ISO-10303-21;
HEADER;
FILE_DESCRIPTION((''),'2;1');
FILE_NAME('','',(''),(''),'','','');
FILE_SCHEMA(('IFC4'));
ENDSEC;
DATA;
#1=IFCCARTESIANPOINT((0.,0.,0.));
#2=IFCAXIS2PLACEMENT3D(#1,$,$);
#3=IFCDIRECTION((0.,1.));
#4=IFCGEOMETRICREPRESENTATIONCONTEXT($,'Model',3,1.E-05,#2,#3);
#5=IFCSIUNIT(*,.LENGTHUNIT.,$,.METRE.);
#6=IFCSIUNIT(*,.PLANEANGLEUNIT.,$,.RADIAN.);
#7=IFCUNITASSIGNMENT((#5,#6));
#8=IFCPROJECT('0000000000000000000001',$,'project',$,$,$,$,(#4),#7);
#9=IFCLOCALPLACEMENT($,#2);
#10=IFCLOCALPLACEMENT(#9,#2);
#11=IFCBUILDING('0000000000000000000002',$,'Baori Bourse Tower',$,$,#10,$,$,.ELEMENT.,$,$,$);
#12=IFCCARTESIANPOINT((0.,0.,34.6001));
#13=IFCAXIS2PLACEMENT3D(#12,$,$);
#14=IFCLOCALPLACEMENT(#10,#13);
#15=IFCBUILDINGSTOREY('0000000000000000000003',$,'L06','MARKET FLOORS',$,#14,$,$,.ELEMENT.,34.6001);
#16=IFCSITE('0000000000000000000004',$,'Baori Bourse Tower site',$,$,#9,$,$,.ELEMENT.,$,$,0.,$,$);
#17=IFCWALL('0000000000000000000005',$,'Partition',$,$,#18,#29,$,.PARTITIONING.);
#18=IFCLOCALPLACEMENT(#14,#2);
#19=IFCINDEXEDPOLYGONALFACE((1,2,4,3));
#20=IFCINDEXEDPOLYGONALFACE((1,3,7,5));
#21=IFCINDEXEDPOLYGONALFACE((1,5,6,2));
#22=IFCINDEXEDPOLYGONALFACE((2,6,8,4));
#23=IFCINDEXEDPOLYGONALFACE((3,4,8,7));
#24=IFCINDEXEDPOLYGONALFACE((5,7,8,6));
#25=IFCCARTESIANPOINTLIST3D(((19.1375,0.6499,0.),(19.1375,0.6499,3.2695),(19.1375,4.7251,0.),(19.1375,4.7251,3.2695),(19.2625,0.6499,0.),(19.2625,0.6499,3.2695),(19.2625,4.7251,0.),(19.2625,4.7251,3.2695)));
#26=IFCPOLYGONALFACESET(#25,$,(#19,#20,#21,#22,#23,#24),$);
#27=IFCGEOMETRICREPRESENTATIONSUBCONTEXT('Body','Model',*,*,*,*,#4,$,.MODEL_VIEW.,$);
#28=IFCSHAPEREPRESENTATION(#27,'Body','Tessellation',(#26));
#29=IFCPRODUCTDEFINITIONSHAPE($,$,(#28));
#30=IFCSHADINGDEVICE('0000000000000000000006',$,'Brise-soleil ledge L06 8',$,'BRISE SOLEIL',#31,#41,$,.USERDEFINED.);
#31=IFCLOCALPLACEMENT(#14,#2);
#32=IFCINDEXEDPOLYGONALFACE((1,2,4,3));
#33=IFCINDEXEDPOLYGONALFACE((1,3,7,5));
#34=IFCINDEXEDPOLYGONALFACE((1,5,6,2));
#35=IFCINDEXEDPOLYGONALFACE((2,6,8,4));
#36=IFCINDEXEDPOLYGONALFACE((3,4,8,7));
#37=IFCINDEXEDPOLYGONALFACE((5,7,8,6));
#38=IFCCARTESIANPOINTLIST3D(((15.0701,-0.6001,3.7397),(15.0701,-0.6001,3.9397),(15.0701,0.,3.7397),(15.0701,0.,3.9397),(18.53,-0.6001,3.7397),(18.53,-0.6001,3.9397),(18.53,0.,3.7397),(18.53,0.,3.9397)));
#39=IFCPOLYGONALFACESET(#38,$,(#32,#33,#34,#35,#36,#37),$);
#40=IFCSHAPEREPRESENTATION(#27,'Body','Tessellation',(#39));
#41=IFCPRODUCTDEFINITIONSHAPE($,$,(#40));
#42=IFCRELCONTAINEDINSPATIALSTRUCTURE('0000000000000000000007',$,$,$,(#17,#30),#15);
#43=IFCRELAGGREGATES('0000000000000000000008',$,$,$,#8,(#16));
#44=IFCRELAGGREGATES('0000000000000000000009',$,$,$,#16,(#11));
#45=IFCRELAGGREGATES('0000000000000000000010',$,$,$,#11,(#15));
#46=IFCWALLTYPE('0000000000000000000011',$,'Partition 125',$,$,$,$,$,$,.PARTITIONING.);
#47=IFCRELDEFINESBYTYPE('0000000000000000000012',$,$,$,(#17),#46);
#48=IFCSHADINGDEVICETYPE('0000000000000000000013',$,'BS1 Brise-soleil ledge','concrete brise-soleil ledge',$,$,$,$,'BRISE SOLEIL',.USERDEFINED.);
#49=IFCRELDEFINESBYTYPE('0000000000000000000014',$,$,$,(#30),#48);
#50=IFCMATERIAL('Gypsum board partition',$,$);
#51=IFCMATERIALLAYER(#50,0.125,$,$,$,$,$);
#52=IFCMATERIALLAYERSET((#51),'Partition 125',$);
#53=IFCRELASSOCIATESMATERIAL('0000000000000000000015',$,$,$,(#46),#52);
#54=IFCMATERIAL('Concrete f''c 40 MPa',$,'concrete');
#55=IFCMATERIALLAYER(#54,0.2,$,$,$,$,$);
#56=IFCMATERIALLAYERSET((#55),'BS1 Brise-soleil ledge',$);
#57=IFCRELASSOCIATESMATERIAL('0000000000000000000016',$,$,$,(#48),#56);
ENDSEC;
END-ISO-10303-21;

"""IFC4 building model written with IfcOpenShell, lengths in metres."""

from ifc_helpers import new_model, si_unit, direction, frame, frame_2d, origin, origin_2d, place, context, subcontext, project, spatial, rectangle, extrude, material, layer, layer_set, type_object, element, save


model = new_model("IFC4")

# Units and contexts
model_context = context("Model", 3, precision=1e-05, world=origin(), true_north=direction((0.0, 1.0)))
body_context = subcontext(model_context, "Body", "Model", "MODEL_VIEW")
ifc_project = project(units=[si_unit("LENGTHUNIT", "METRE"), si_unit("PLANEANGLEUNIT", "RADIAN")], contexts=[model_context])

# Site, building, storey
site_placement = place(None, origin())
site = spatial("IfcSite", under=ifc_project, at=site_placement, Name="Baori Bourse Tower site", CompositionType="ELEMENT", RefElevation=0.0)
building_placement = place(site_placement, origin())
building = spatial("IfcBuilding", under=site, at=building_placement, Name="Baori Bourse Tower", CompositionType="ELEMENT")
storey_placement = place(building_placement, frame((0.0, 0.0, 34.6001)))
storey = spatial("IfcBuildingStorey", under=building, at=storey_placement, Name="L06", Description="MARKET FLOORS", CompositionType="ELEMENT", Elevation=34.6001)

# Wall
ifc_material_1 = material(Name="Gypsum board partition")
ifc_layer_1 = layer(ifc_material_1, 0.125)
ifc_layer_set_1 = layer_set([ifc_layer_1], Name="Partition 125")
wall_type_1 = type_object("IfcWallType", Name="Partition 125", PredefinedType="PARTITIONING", material=ifc_layer_set_1)
wall_1_placement = place(storey_placement, frame((19.2, 0.6499, 0.0), z_axis=(0.0, 0.0, 1.0), x_axis=(0.0, 1.0, 0.0)))
element("IfcWall", 1, at=wall_1_placement, inside=storey, type_object=wall_type_1, Name="Partition", PredefinedType="PARTITIONING", context=body_context, shape_type="SweptSolid", body=[
    extrude(rectangle(XDim=4.0752, YDim=0.125, at=frame_2d((2.0376, 0.0))), origin(), (0.0, 0.0, 1.0), 3.2695),
])

# Shading device
ifc_material_2 = material(Name="Concrete f'c 40 MPa", Category="concrete")
ifc_layer_2 = layer(ifc_material_2, 0.2)
ifc_layer_set_2 = layer_set([ifc_layer_2], Name="BS1 Brise-soleil ledge")
shading_device_type = type_object("IfcShadingDeviceType", Name="BS1 Brise-soleil ledge", Description="concrete brise-soleil ledge", ElementType="BRISE SOLEIL", PredefinedType="USERDEFINED", material=ifc_layer_set_2)
shading_device_placement = place(storey_placement, frame((16.8, -0.3, 3.7397), z_axis=(0.0, 0.0, 1.0), x_axis=(1.0, 0.0, 0.0)))
element("IfcShadingDevice", 2, at=shading_device_placement, inside=storey, type_object=shading_device_type, Name="Brise-soleil ledge L06 8", ObjectType="BRISE SOLEIL", PredefinedType="USERDEFINED", context=body_context, shape_type="SweptSolid", body=[
    extrude(rectangle(XDim=3.46, YDim=0.6001, at=origin_2d()), origin(), (0.0, 0.0, 1.0), 0.2),
])

save(model, "model.ifc")
